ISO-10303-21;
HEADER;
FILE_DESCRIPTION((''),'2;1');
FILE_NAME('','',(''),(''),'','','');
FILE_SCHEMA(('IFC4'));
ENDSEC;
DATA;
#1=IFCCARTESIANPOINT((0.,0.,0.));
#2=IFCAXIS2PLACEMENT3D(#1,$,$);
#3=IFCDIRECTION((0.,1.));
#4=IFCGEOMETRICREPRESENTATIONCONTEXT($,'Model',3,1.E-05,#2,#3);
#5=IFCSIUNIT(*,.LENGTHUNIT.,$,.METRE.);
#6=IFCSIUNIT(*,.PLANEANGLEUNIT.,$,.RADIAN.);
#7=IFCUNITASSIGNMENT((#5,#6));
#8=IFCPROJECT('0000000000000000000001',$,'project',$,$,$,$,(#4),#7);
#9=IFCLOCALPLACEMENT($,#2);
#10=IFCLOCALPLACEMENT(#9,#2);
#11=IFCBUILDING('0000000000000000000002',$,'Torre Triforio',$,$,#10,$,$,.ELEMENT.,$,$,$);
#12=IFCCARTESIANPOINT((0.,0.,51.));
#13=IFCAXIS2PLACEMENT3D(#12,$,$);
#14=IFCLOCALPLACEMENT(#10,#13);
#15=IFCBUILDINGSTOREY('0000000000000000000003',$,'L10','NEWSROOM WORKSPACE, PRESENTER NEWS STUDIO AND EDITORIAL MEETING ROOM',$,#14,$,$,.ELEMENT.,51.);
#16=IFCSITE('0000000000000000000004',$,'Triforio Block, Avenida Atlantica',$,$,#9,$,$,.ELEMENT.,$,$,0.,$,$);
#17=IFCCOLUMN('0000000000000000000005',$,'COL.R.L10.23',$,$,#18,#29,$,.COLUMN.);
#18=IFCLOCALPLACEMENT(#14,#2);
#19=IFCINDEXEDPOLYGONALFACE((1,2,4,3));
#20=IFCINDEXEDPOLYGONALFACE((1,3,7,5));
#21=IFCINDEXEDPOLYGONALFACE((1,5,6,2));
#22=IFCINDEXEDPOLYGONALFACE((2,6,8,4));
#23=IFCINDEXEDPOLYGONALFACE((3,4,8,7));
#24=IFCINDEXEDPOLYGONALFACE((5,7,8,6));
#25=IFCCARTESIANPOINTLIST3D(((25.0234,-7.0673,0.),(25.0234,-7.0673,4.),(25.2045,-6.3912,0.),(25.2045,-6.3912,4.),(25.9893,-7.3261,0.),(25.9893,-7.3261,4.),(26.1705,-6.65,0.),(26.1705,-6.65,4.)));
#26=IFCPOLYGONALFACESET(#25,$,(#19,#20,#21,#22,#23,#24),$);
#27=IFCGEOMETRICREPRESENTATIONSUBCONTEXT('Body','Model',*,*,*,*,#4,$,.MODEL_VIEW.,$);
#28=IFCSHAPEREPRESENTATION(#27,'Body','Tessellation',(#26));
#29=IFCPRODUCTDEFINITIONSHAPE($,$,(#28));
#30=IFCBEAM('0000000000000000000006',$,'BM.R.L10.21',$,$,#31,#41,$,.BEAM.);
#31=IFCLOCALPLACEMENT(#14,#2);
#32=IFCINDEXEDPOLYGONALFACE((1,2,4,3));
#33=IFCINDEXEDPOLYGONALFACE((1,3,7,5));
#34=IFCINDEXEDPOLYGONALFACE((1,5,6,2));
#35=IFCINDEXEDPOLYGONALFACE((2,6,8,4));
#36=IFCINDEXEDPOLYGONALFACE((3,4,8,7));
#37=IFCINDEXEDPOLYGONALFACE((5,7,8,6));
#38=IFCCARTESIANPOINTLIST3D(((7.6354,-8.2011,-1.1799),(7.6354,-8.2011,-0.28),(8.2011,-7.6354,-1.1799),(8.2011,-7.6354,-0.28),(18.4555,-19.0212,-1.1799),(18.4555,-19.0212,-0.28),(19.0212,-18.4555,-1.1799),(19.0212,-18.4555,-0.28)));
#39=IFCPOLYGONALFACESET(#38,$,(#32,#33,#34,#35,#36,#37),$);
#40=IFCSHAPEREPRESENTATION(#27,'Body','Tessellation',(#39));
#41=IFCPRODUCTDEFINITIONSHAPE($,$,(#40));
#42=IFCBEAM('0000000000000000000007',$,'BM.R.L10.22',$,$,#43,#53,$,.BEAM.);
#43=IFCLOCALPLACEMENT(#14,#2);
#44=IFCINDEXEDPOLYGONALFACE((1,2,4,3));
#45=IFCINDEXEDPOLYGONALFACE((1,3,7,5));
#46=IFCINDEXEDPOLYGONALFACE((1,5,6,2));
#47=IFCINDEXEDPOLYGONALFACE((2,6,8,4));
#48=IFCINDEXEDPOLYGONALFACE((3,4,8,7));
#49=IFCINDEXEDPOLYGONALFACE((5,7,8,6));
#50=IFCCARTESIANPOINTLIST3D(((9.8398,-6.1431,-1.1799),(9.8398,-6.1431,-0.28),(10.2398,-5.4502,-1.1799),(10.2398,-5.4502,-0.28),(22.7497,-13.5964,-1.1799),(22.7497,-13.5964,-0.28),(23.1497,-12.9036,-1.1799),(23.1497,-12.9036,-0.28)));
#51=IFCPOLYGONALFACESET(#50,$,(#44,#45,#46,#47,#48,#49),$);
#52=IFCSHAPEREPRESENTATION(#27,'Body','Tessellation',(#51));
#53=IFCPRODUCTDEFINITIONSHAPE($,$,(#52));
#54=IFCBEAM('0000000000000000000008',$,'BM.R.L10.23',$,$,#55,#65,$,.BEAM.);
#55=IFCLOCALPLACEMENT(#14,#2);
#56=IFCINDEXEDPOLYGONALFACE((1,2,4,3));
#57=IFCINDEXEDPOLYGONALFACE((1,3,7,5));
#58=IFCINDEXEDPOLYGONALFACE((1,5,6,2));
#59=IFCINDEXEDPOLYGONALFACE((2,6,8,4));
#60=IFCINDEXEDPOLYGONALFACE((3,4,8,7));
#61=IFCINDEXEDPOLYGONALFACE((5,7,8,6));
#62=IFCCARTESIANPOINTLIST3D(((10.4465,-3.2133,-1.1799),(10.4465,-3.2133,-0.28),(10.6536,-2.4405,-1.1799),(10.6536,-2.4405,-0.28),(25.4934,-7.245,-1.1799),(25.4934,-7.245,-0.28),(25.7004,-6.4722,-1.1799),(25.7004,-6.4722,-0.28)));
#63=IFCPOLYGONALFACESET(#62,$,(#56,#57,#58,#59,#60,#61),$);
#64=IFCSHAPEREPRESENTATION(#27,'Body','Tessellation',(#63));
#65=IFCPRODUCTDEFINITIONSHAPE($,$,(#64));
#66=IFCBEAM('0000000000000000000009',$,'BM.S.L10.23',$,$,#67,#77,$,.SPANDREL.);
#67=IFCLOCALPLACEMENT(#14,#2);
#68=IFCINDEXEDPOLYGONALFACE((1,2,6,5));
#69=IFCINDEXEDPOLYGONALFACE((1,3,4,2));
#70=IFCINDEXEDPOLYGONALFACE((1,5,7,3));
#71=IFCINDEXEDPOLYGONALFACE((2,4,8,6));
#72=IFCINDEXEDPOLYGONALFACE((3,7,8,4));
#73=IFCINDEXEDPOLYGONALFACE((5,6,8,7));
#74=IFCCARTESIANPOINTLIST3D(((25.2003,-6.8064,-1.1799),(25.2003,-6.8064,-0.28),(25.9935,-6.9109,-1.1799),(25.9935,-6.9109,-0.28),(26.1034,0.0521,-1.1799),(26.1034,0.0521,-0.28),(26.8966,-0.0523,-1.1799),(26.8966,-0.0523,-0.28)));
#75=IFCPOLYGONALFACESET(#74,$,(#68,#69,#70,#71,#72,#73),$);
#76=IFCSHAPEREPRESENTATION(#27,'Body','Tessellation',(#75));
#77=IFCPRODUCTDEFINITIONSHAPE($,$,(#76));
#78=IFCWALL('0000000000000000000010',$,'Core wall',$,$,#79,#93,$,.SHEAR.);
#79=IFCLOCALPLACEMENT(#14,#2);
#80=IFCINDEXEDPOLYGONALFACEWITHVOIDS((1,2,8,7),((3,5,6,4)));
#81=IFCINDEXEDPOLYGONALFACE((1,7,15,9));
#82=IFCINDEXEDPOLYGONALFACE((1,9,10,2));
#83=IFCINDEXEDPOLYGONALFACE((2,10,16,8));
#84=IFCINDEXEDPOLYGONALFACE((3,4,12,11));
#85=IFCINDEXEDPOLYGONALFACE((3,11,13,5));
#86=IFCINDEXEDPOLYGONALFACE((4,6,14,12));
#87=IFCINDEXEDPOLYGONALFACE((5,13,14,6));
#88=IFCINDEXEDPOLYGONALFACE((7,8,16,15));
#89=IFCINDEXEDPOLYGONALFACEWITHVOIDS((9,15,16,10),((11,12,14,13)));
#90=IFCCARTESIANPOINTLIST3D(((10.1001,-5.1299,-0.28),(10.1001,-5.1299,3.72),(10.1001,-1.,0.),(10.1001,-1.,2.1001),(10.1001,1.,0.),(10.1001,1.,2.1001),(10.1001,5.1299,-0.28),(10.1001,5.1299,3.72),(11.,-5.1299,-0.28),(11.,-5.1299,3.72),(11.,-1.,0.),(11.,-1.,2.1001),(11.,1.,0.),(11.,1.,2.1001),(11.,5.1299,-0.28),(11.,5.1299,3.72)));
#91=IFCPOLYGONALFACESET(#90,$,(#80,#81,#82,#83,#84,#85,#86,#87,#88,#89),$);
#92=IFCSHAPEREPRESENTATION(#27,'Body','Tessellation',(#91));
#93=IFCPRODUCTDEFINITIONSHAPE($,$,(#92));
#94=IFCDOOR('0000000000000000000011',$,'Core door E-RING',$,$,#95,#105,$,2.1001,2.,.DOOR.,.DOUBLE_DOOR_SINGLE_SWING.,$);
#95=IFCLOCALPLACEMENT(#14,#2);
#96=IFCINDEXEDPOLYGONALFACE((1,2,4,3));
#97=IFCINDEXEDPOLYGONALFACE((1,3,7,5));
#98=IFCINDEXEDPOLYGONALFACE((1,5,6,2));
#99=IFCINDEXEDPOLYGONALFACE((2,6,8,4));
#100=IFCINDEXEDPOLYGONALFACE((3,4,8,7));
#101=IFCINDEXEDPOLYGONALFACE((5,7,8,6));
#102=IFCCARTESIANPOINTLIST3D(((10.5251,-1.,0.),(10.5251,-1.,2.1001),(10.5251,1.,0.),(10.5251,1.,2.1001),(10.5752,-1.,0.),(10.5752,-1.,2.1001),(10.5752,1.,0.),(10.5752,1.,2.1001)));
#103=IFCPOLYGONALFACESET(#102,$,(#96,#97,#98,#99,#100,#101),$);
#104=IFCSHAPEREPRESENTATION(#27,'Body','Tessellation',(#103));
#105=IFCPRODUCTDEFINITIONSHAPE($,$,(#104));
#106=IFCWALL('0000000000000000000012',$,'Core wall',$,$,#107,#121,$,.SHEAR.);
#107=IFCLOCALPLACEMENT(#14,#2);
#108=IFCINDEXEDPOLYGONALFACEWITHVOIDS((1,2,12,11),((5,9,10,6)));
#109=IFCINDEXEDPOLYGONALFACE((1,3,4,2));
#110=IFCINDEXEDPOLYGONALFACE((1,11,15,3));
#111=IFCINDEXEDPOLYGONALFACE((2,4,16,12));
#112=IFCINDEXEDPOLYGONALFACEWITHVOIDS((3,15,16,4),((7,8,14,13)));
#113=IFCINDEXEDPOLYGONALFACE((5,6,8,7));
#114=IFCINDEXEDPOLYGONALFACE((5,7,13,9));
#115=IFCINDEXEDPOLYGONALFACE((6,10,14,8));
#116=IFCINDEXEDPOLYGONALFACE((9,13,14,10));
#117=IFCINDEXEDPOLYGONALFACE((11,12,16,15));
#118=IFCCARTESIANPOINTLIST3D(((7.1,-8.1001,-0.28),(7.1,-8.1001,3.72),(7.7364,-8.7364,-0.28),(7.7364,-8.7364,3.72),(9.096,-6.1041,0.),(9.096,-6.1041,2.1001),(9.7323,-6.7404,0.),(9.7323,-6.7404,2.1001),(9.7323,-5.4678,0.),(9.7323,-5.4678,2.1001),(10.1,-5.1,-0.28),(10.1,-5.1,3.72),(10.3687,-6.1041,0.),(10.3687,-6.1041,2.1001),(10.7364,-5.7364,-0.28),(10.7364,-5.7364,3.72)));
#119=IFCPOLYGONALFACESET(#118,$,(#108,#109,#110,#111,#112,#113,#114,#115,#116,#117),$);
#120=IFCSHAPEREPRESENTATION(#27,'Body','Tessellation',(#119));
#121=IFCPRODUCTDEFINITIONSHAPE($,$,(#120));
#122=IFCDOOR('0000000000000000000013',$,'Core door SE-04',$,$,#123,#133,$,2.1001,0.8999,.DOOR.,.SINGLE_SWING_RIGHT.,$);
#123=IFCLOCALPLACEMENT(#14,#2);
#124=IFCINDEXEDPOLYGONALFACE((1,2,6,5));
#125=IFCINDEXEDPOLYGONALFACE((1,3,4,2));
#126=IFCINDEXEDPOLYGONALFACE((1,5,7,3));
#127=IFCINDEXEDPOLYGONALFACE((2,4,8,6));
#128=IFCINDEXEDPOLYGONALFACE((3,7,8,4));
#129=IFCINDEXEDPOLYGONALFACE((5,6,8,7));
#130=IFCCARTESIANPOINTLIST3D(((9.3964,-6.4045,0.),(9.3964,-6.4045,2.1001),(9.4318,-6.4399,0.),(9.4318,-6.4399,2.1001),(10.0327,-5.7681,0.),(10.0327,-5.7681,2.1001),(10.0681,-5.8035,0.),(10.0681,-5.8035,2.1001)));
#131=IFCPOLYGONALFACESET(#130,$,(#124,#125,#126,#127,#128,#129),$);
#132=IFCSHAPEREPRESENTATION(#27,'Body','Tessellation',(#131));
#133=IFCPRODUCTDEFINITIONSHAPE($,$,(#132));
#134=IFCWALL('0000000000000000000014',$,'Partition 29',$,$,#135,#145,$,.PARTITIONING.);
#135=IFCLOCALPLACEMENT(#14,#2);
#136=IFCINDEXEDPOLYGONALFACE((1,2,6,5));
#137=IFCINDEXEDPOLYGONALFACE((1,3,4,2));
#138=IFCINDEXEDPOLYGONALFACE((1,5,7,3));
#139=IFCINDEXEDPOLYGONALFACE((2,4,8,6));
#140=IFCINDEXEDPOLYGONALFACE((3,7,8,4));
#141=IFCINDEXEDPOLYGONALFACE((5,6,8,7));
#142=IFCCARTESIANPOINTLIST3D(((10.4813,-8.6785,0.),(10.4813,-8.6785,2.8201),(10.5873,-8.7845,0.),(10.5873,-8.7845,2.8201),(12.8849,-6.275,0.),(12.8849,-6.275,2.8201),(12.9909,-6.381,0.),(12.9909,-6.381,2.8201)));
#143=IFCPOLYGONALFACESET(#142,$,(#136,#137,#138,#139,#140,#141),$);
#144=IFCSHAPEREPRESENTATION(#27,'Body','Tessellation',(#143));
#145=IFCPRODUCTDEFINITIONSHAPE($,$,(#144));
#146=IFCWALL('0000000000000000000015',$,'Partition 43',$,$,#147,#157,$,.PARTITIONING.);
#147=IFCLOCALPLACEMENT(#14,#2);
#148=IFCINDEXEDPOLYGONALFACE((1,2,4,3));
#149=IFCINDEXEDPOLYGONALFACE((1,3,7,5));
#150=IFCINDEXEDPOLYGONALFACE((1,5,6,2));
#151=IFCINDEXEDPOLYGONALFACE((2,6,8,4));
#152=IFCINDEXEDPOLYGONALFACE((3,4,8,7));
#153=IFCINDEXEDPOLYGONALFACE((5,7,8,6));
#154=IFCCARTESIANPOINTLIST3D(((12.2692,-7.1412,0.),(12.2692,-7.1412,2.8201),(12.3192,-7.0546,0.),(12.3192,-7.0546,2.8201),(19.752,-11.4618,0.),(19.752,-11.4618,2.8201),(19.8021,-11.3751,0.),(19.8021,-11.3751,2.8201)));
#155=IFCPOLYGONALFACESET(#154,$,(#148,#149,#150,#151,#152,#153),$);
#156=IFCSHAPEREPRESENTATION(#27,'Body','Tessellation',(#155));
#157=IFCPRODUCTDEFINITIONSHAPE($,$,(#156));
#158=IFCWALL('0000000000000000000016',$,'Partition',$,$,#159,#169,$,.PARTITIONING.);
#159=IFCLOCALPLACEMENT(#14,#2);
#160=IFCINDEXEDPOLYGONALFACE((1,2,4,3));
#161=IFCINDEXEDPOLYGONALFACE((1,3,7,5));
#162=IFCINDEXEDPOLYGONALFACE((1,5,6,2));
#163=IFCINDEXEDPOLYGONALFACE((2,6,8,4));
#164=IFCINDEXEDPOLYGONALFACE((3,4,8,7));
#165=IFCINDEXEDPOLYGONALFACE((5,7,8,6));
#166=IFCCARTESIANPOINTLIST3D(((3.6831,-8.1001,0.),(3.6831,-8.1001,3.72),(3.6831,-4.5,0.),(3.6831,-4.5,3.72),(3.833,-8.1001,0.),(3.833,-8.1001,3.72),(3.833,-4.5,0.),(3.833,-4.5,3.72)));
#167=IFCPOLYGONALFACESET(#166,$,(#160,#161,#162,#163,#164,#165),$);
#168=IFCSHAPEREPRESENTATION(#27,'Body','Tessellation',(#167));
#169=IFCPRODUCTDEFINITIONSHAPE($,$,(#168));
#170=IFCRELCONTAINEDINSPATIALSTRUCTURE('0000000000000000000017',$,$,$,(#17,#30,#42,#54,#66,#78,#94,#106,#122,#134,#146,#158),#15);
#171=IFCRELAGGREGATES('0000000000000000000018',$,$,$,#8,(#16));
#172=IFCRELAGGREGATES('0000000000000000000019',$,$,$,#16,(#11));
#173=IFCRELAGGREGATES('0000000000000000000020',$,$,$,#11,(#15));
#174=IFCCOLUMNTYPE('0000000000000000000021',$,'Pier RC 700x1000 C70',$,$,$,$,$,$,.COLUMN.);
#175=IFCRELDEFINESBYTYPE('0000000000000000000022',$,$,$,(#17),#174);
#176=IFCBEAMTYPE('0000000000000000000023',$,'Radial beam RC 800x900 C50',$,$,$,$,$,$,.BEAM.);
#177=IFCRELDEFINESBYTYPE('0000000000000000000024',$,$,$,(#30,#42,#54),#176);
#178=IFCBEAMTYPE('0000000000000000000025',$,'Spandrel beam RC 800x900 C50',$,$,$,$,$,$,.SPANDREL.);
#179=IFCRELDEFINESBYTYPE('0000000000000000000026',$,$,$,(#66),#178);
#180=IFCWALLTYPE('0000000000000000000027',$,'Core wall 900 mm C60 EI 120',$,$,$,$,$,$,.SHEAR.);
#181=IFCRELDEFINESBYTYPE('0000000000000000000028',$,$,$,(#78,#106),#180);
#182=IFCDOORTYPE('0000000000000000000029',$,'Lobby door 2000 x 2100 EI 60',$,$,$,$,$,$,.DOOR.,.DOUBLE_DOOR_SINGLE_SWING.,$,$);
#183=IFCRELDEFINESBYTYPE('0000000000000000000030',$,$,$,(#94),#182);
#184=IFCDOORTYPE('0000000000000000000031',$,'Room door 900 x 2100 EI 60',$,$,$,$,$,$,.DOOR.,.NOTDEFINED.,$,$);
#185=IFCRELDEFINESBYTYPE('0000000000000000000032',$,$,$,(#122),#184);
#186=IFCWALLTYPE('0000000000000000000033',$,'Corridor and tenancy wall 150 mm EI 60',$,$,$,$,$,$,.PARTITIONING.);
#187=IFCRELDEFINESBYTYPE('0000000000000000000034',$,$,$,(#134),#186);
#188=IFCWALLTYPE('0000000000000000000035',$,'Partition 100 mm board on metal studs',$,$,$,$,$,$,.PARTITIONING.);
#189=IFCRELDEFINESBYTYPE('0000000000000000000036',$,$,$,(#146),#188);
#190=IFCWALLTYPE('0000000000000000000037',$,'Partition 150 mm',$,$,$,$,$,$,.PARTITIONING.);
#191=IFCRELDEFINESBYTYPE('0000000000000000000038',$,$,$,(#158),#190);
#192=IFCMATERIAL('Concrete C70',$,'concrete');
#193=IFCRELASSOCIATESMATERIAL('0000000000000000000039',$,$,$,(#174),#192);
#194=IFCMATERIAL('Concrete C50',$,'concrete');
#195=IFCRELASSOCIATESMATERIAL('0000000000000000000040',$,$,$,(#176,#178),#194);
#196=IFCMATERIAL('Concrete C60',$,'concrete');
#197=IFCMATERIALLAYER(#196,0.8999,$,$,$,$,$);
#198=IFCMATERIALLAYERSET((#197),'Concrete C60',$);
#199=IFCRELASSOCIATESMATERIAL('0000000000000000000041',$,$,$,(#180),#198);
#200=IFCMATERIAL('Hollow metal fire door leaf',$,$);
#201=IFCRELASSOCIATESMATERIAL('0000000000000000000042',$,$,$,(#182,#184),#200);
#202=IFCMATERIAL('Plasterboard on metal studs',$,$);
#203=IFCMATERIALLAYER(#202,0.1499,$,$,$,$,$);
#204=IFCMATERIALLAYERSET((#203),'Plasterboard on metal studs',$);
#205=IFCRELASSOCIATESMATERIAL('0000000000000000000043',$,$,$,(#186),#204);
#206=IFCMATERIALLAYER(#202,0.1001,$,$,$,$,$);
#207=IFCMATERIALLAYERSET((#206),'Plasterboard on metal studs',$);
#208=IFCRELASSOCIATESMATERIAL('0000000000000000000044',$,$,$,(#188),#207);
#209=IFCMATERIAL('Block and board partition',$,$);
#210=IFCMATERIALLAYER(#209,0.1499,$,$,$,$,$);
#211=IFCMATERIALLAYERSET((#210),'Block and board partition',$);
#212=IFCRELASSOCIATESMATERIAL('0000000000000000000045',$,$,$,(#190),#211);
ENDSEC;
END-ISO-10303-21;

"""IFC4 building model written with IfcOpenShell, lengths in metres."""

from ifc_helpers import new_model, si_unit, direction, frame, frame_2d, origin, origin_2d, place, context, subcontext, project, spatial, rectangle, extrude, material, layer, layer_set, material_profile, profile_set, type_object, element, fill, save


model = new_model("IFC4")

# Units and contexts
model_context = context("Model", 3, precision=1e-05, world=origin(), true_north=direction((0.0, 1.0)))
body_context = subcontext(model_context, "Body", "Model", "MODEL_VIEW")
ifc_project = project(units=[si_unit("LENGTHUNIT", "METRE"), si_unit("PLANEANGLEUNIT", "RADIAN")], contexts=[model_context])

# Site, building, storey
site_placement = place(None, origin())
site = spatial("IfcSite", under=ifc_project, at=site_placement, Name="Triforio Block, Avenida Atlantica", CompositionType="ELEMENT", RefElevation=0.0)
building_placement = place(site_placement, origin())
building = spatial("IfcBuilding", under=site, at=building_placement, Name="Torre Triforio", CompositionType="ELEMENT")
storey_placement = place(building_placement, frame((0.0, 0.0, 51.0)))
storey = spatial("IfcBuildingStorey", under=building, at=storey_placement, Name="L10", Description="NEWSROOM WORKSPACE, PRESENTER NEWS STUDIO AND EDITORIAL MEETING ROOM", CompositionType="ELEMENT", Elevation=51.0)

# Column
ifc_material_1 = material(Name="Concrete C70", Category="concrete")
ifc_material_profile_1 = material_profile(ifc_material_1, rectangle(XDim=0.7, YDim=1.0, at=origin_2d()), Name="RC 700x1000")
ifc_profile_set_1 = profile_set([ifc_material_profile_1], Name="Concrete C70")
column_type = type_object("IfcColumnType", Name="Pier RC 700x1000 C70", PredefinedType="COLUMN", material=ifc_profile_set_1)
column_placement = place(storey_placement, frame((25.5969, -6.8586, 0.0), z_axis=(0.0, 0.0, 1.0), x_axis=(0.258819, 0.965926, 0.0)))
element("IfcColumn", 1, at=column_placement, inside=storey, type_object=column_type, Name="COL.R.L10.23", PredefinedType="COLUMN", context=body_context, shape_type="SweptSolid", body=[
    extrude(rectangle(XDim=0.7, YDim=1.0, at=origin_2d()), origin(), (0.0, 0.0, 1.0), 4.0),
])

# Beams
ifc_material_2 = material(Name="Concrete C50", Category="concrete")
ifc_material_profile_2 = material_profile(ifc_material_2, rectangle(XDim=0.8, YDim=0.8999, at=origin_2d()), Name="RC 800x900")
ifc_profile_set_2 = profile_set([ifc_material_profile_2], Name="Concrete C50")
beam_type_1 = type_object("IfcBeamType", Name="Radial beam RC 800x900 C50", PredefinedType="BEAM", material=ifc_profile_set_2)
beam_1_placement = place(storey_placement, frame((7.9182, -7.9182, -0.73), z_axis=(0.707107, -0.707107, 0.0), x_axis=(0.707107, 0.707107, 0.0)))
element("IfcBeam", 2, at=beam_1_placement, inside=storey, type_object=beam_type_1, Name="BM.R.L10.21", PredefinedType="BEAM", context=body_context, shape_type="SweptSolid", body=[
    extrude(rectangle(XDim=0.8, YDim=0.8999, at=origin_2d()), origin(), (0.0, 0.0, 1.0), 15.302),
])
beam_2_placement = place(storey_placement, frame((10.0398, -5.7966, -0.73), z_axis=(0.86603, -0.499991, 0.0), x_axis=(0.499991, 0.86603, 0.0)))
element("IfcBeam", 3, at=beam_2_placement, inside=storey, type_object=beam_type_1, Name="BM.R.L10.22", PredefinedType="BEAM", context=body_context, shape_type="SweptSolid", body=[
    extrude(rectangle(XDim=0.8, YDim=0.8999, at=origin_2d()), origin(), (0.0, 0.0, 1.0), 14.907),
])
beam_3_placement = place(storey_placement, frame((10.55, -2.8269, -0.73), z_axis=(0.965927, -0.258815, 0.0), x_axis=(0.258815, 0.965927, 0.0)))
element("IfcBeam", 4, at=beam_3_placement, inside=storey, type_object=beam_type_1, Name="BM.R.L10.23", PredefinedType="BEAM", context=body_context, shape_type="SweptSolid", body=[
    extrude(rectangle(XDim=0.8, YDim=0.8999, at=origin_2d()), origin(), (0.0, 0.0, 1.0), 15.5776),
])
ifc_material_profile_3 = material_profile(ifc_material_2, rectangle(XDim=0.8, YDim=0.8999, at=origin_2d()), Name="RC 800x900")
ifc_profile_set_3 = profile_set([ifc_material_profile_3], Name="Concrete C50")
beam_type_2 = type_object("IfcBeamType", Name="Spandrel beam RC 800x900 C50", PredefinedType="SPANDREL", material=ifc_profile_set_3)
beam_4_placement = place(storey_placement, frame((25.5969, -6.8586, -0.73), z_axis=(0.130543, 0.991443, 0.0), x_axis=(-0.991443, 0.130543, 0.0)))
element("IfcBeam", 5, at=beam_4_placement, inside=storey, type_object=beam_type_2, Name="BM.S.L10.23", PredefinedType="SPANDREL", context=body_context, shape_type="SweptSolid", body=[
    extrude(rectangle(XDim=0.8, YDim=0.8999, at=origin_2d()), origin(), (0.0, 0.0, 1.0), 6.9177),
])

# Walls, openings, doors
ifc_material_3 = material(Name="Concrete C60", Category="concrete")
ifc_layer_1 = layer(ifc_material_3, 0.8999)
ifc_layer_set_1 = layer_set([ifc_layer_1], Name="Concrete C60")
wall_type_1 = type_object("IfcWallType", Name="Core wall 900 mm C60 EI 120", PredefinedType="SHEAR", material=ifc_layer_set_1)
wall_1_placement = place(storey_placement, frame((10.55, -5.1299, -0.28), z_axis=(0.0, 0.0, 1.0), x_axis=(0.0, 1.0, 0.0)))
wall_1 = element("IfcWall", 6, at=wall_1_placement, inside=storey, type_object=wall_type_1, Name="Core wall", PredefinedType="SHEAR", context=body_context, shape_type="SweptSolid", body=[
    extrude(rectangle(XDim=10.2598, YDim=0.8999, at=frame_2d((5.1299, 0.0))), origin(), (0.0, 0.0, 1.0), 4.0),
])
opening_1_placement = place(wall_1_placement, frame((4.1299, 0.0, 0.28)))
opening_1 = element("IfcOpeningElement", 7, at=opening_1_placement, cuts=wall_1, PredefinedType="OPENING", context=body_context, shape_type="SweptSolid", body=[
    extrude(rectangle(XDim=2.0, YDim=2.1001, at=frame_2d((1.0, 1.05))), frame((0.0, 0.46, 0.0), z_axis=(0.0, -1.0, 0.0), x_axis=(1.0, 0.0, 0.0)), (0.0, 0.0, 1.0), 0.9199),
])
ifc_material_4 = material(Name="Hollow metal fire door leaf")
door_type_1 = type_object("IfcDoorType", Name="Lobby door 2000 x 2100 EI 60", OperationType="DOUBLE_DOOR_SINGLE_SWING", PredefinedType="DOOR", material=ifc_material_4)
door_1_placement = place(opening_1_placement, origin())
door_1 = element("IfcDoor", 8, at=door_1_placement, inside=storey, type_object=door_type_1, Name="Core door E-RING", OperationType="DOUBLE_DOOR_SINGLE_SWING", OverallHeight=2.1001, OverallWidth=2.0, PredefinedType="DOOR", context=body_context, shape_type="SweptSolid", body=[
    extrude(rectangle(XDim=2.0, YDim=2.1001, at=frame_2d((1.0, 1.05))), frame((0.0, 0.0249, 0.0), z_axis=(0.0, -1.0, 0.0), x_axis=(1.0, 0.0, 0.0)), (0.0, 0.0, 1.0), 0.05),
])
fill(opening_1, door_1)
wall_2_placement = place(storey_placement, frame((10.4182, -5.4182, -0.28), z_axis=(0.0, 0.0, 1.0), x_axis=(-0.707107, -0.707107, 0.0)))
wall_2 = element("IfcWall", 9, at=wall_2_placement, inside=storey, type_object=wall_type_1, Name="Core wall", PredefinedType="SHEAR", context=body_context, shape_type="SweptSolid", body=[
    extrude(rectangle(XDim=4.2427, YDim=0.8999, at=frame_2d((2.1213, 0.0))), origin(), (0.0, 0.0, 1.0), 4.0),
])
opening_2_placement = place(wall_2_placement, frame((0.52, 0.0, 0.28)))
opening_2 = element("IfcOpeningElement", 10, at=opening_2_placement, cuts=wall_2, PredefinedType="OPENING", context=body_context, shape_type="SweptSolid", body=[
    extrude(rectangle(XDim=0.8999, YDim=2.1001, at=frame_2d((0.45, 1.05))), frame((0.0, 0.46, 0.0), z_axis=(0.0, -1.0, 0.0), x_axis=(1.0, 0.0, 0.0)), (0.0, 0.0, 1.0), 0.9199),
])
door_type_2 = type_object("IfcDoorType", Name="Room door 900 x 2100 EI 60", OperationType="NOTDEFINED", PredefinedType="DOOR", material=ifc_material_4)
door_2_placement = place(opening_2_placement, origin())
door_2 = element("IfcDoor", 11, at=door_2_placement, inside=storey, type_object=door_type_2, Name="Core door SE-04", OperationType="SINGLE_SWING_RIGHT", OverallHeight=2.1001, OverallWidth=0.8999, PredefinedType="DOOR", context=body_context, shape_type="SweptSolid", body=[
    extrude(rectangle(XDim=0.8999, YDim=2.1001, at=frame_2d((0.45, 1.05))), frame((0.0, 0.0249, 0.0), z_axis=(0.0, -1.0, 0.0), x_axis=(1.0, 0.0, 0.0)), (0.0, 0.0, 1.0), 0.05),
])
fill(opening_2, door_2)

# Walls
ifc_material_5 = material(Name="Plasterboard on metal studs")
ifc_layer_2 = layer(ifc_material_5, 0.1499)
ifc_layer_set_2 = layer_set([ifc_layer_2], Name="Plasterboard on metal studs")
wall_type_2 = type_object("IfcWallType", Name="Corridor and tenancy wall 150 mm EI 60", PredefinedType="PARTITIONING", material=ifc_layer_set_2)
wall_3_placement = place(storey_placement, frame((12.938, -6.3279, 0.0), z_axis=(0.0, 0.0, 1.0), x_axis=(-0.707107, -0.707107, 0.0)))
element("IfcWall", 12, at=wall_3_placement, inside=storey, type_object=wall_type_2, Name="Partition 29", PredefinedType="PARTITIONING", context=body_context, shape_type="SweptSolid", body=[
    extrude(rectangle(XDim=3.3992, YDim=0.1499, at=frame_2d((1.6997, 0.0))), origin(), (0.0, 0.0, 1.0), 2.8201),
])
ifc_layer_3 = layer(ifc_material_5, 0.1001)
ifc_layer_set_3 = layer_set([ifc_layer_3], Name="Plasterboard on metal studs")
wall_type_3 = type_object("IfcWallType", Name="Partition 100 mm board on metal studs", PredefinedType="PARTITIONING", material=ifc_layer_set_3)
wall_4_placement = place(storey_placement, frame((12.2942, -7.0979, 0.0), z_axis=(0.0, 0.0, 1.0), x_axis=(0.866011, -0.500026, 0.0)))
element("IfcWall", 13, at=wall_4_placement, inside=storey, type_object=wall_type_3, Name="Partition 43", PredefinedType="PARTITIONING", context=body_context, shape_type="SweptSolid", body=[
    extrude(rectangle(XDim=8.6406, YDim=0.1001, at=frame_2d((4.3203, 0.0))), origin(), (0.0, 0.0, 1.0), 2.8201),
])
ifc_material_6 = material(Name="Block and board partition")
ifc_layer_4 = layer(ifc_material_6, 0.1499)
ifc_layer_set_4 = layer_set([ifc_layer_4], Name="Block and board partition")
wall_type_4 = type_object("IfcWallType", Name="Partition 150 mm", PredefinedType="PARTITIONING", material=ifc_layer_set_4)
for number, where, z_axis, x_axis, name in (
    (14, (3.7581, -8.1001, 0.0), (0.0, 0.0, 1.0), (0.0, 1.0, 0.0), "Partition"),
):
    element("IfcWall", number, at=place(storey_placement, frame(where, z_axis=z_axis, x_axis=x_axis)), inside=storey, type_object=wall_type_4, Name=name, PredefinedType="PARTITIONING", context=body_context, shape_type="SweptSolid", body=[
        extrude(rectangle(XDim=3.6001, YDim=0.1499, at=frame_2d((1.8, 0.0))), origin(), (0.0, 0.0, 1.0), 3.72),
    ])

save(model, "model.ifc")
